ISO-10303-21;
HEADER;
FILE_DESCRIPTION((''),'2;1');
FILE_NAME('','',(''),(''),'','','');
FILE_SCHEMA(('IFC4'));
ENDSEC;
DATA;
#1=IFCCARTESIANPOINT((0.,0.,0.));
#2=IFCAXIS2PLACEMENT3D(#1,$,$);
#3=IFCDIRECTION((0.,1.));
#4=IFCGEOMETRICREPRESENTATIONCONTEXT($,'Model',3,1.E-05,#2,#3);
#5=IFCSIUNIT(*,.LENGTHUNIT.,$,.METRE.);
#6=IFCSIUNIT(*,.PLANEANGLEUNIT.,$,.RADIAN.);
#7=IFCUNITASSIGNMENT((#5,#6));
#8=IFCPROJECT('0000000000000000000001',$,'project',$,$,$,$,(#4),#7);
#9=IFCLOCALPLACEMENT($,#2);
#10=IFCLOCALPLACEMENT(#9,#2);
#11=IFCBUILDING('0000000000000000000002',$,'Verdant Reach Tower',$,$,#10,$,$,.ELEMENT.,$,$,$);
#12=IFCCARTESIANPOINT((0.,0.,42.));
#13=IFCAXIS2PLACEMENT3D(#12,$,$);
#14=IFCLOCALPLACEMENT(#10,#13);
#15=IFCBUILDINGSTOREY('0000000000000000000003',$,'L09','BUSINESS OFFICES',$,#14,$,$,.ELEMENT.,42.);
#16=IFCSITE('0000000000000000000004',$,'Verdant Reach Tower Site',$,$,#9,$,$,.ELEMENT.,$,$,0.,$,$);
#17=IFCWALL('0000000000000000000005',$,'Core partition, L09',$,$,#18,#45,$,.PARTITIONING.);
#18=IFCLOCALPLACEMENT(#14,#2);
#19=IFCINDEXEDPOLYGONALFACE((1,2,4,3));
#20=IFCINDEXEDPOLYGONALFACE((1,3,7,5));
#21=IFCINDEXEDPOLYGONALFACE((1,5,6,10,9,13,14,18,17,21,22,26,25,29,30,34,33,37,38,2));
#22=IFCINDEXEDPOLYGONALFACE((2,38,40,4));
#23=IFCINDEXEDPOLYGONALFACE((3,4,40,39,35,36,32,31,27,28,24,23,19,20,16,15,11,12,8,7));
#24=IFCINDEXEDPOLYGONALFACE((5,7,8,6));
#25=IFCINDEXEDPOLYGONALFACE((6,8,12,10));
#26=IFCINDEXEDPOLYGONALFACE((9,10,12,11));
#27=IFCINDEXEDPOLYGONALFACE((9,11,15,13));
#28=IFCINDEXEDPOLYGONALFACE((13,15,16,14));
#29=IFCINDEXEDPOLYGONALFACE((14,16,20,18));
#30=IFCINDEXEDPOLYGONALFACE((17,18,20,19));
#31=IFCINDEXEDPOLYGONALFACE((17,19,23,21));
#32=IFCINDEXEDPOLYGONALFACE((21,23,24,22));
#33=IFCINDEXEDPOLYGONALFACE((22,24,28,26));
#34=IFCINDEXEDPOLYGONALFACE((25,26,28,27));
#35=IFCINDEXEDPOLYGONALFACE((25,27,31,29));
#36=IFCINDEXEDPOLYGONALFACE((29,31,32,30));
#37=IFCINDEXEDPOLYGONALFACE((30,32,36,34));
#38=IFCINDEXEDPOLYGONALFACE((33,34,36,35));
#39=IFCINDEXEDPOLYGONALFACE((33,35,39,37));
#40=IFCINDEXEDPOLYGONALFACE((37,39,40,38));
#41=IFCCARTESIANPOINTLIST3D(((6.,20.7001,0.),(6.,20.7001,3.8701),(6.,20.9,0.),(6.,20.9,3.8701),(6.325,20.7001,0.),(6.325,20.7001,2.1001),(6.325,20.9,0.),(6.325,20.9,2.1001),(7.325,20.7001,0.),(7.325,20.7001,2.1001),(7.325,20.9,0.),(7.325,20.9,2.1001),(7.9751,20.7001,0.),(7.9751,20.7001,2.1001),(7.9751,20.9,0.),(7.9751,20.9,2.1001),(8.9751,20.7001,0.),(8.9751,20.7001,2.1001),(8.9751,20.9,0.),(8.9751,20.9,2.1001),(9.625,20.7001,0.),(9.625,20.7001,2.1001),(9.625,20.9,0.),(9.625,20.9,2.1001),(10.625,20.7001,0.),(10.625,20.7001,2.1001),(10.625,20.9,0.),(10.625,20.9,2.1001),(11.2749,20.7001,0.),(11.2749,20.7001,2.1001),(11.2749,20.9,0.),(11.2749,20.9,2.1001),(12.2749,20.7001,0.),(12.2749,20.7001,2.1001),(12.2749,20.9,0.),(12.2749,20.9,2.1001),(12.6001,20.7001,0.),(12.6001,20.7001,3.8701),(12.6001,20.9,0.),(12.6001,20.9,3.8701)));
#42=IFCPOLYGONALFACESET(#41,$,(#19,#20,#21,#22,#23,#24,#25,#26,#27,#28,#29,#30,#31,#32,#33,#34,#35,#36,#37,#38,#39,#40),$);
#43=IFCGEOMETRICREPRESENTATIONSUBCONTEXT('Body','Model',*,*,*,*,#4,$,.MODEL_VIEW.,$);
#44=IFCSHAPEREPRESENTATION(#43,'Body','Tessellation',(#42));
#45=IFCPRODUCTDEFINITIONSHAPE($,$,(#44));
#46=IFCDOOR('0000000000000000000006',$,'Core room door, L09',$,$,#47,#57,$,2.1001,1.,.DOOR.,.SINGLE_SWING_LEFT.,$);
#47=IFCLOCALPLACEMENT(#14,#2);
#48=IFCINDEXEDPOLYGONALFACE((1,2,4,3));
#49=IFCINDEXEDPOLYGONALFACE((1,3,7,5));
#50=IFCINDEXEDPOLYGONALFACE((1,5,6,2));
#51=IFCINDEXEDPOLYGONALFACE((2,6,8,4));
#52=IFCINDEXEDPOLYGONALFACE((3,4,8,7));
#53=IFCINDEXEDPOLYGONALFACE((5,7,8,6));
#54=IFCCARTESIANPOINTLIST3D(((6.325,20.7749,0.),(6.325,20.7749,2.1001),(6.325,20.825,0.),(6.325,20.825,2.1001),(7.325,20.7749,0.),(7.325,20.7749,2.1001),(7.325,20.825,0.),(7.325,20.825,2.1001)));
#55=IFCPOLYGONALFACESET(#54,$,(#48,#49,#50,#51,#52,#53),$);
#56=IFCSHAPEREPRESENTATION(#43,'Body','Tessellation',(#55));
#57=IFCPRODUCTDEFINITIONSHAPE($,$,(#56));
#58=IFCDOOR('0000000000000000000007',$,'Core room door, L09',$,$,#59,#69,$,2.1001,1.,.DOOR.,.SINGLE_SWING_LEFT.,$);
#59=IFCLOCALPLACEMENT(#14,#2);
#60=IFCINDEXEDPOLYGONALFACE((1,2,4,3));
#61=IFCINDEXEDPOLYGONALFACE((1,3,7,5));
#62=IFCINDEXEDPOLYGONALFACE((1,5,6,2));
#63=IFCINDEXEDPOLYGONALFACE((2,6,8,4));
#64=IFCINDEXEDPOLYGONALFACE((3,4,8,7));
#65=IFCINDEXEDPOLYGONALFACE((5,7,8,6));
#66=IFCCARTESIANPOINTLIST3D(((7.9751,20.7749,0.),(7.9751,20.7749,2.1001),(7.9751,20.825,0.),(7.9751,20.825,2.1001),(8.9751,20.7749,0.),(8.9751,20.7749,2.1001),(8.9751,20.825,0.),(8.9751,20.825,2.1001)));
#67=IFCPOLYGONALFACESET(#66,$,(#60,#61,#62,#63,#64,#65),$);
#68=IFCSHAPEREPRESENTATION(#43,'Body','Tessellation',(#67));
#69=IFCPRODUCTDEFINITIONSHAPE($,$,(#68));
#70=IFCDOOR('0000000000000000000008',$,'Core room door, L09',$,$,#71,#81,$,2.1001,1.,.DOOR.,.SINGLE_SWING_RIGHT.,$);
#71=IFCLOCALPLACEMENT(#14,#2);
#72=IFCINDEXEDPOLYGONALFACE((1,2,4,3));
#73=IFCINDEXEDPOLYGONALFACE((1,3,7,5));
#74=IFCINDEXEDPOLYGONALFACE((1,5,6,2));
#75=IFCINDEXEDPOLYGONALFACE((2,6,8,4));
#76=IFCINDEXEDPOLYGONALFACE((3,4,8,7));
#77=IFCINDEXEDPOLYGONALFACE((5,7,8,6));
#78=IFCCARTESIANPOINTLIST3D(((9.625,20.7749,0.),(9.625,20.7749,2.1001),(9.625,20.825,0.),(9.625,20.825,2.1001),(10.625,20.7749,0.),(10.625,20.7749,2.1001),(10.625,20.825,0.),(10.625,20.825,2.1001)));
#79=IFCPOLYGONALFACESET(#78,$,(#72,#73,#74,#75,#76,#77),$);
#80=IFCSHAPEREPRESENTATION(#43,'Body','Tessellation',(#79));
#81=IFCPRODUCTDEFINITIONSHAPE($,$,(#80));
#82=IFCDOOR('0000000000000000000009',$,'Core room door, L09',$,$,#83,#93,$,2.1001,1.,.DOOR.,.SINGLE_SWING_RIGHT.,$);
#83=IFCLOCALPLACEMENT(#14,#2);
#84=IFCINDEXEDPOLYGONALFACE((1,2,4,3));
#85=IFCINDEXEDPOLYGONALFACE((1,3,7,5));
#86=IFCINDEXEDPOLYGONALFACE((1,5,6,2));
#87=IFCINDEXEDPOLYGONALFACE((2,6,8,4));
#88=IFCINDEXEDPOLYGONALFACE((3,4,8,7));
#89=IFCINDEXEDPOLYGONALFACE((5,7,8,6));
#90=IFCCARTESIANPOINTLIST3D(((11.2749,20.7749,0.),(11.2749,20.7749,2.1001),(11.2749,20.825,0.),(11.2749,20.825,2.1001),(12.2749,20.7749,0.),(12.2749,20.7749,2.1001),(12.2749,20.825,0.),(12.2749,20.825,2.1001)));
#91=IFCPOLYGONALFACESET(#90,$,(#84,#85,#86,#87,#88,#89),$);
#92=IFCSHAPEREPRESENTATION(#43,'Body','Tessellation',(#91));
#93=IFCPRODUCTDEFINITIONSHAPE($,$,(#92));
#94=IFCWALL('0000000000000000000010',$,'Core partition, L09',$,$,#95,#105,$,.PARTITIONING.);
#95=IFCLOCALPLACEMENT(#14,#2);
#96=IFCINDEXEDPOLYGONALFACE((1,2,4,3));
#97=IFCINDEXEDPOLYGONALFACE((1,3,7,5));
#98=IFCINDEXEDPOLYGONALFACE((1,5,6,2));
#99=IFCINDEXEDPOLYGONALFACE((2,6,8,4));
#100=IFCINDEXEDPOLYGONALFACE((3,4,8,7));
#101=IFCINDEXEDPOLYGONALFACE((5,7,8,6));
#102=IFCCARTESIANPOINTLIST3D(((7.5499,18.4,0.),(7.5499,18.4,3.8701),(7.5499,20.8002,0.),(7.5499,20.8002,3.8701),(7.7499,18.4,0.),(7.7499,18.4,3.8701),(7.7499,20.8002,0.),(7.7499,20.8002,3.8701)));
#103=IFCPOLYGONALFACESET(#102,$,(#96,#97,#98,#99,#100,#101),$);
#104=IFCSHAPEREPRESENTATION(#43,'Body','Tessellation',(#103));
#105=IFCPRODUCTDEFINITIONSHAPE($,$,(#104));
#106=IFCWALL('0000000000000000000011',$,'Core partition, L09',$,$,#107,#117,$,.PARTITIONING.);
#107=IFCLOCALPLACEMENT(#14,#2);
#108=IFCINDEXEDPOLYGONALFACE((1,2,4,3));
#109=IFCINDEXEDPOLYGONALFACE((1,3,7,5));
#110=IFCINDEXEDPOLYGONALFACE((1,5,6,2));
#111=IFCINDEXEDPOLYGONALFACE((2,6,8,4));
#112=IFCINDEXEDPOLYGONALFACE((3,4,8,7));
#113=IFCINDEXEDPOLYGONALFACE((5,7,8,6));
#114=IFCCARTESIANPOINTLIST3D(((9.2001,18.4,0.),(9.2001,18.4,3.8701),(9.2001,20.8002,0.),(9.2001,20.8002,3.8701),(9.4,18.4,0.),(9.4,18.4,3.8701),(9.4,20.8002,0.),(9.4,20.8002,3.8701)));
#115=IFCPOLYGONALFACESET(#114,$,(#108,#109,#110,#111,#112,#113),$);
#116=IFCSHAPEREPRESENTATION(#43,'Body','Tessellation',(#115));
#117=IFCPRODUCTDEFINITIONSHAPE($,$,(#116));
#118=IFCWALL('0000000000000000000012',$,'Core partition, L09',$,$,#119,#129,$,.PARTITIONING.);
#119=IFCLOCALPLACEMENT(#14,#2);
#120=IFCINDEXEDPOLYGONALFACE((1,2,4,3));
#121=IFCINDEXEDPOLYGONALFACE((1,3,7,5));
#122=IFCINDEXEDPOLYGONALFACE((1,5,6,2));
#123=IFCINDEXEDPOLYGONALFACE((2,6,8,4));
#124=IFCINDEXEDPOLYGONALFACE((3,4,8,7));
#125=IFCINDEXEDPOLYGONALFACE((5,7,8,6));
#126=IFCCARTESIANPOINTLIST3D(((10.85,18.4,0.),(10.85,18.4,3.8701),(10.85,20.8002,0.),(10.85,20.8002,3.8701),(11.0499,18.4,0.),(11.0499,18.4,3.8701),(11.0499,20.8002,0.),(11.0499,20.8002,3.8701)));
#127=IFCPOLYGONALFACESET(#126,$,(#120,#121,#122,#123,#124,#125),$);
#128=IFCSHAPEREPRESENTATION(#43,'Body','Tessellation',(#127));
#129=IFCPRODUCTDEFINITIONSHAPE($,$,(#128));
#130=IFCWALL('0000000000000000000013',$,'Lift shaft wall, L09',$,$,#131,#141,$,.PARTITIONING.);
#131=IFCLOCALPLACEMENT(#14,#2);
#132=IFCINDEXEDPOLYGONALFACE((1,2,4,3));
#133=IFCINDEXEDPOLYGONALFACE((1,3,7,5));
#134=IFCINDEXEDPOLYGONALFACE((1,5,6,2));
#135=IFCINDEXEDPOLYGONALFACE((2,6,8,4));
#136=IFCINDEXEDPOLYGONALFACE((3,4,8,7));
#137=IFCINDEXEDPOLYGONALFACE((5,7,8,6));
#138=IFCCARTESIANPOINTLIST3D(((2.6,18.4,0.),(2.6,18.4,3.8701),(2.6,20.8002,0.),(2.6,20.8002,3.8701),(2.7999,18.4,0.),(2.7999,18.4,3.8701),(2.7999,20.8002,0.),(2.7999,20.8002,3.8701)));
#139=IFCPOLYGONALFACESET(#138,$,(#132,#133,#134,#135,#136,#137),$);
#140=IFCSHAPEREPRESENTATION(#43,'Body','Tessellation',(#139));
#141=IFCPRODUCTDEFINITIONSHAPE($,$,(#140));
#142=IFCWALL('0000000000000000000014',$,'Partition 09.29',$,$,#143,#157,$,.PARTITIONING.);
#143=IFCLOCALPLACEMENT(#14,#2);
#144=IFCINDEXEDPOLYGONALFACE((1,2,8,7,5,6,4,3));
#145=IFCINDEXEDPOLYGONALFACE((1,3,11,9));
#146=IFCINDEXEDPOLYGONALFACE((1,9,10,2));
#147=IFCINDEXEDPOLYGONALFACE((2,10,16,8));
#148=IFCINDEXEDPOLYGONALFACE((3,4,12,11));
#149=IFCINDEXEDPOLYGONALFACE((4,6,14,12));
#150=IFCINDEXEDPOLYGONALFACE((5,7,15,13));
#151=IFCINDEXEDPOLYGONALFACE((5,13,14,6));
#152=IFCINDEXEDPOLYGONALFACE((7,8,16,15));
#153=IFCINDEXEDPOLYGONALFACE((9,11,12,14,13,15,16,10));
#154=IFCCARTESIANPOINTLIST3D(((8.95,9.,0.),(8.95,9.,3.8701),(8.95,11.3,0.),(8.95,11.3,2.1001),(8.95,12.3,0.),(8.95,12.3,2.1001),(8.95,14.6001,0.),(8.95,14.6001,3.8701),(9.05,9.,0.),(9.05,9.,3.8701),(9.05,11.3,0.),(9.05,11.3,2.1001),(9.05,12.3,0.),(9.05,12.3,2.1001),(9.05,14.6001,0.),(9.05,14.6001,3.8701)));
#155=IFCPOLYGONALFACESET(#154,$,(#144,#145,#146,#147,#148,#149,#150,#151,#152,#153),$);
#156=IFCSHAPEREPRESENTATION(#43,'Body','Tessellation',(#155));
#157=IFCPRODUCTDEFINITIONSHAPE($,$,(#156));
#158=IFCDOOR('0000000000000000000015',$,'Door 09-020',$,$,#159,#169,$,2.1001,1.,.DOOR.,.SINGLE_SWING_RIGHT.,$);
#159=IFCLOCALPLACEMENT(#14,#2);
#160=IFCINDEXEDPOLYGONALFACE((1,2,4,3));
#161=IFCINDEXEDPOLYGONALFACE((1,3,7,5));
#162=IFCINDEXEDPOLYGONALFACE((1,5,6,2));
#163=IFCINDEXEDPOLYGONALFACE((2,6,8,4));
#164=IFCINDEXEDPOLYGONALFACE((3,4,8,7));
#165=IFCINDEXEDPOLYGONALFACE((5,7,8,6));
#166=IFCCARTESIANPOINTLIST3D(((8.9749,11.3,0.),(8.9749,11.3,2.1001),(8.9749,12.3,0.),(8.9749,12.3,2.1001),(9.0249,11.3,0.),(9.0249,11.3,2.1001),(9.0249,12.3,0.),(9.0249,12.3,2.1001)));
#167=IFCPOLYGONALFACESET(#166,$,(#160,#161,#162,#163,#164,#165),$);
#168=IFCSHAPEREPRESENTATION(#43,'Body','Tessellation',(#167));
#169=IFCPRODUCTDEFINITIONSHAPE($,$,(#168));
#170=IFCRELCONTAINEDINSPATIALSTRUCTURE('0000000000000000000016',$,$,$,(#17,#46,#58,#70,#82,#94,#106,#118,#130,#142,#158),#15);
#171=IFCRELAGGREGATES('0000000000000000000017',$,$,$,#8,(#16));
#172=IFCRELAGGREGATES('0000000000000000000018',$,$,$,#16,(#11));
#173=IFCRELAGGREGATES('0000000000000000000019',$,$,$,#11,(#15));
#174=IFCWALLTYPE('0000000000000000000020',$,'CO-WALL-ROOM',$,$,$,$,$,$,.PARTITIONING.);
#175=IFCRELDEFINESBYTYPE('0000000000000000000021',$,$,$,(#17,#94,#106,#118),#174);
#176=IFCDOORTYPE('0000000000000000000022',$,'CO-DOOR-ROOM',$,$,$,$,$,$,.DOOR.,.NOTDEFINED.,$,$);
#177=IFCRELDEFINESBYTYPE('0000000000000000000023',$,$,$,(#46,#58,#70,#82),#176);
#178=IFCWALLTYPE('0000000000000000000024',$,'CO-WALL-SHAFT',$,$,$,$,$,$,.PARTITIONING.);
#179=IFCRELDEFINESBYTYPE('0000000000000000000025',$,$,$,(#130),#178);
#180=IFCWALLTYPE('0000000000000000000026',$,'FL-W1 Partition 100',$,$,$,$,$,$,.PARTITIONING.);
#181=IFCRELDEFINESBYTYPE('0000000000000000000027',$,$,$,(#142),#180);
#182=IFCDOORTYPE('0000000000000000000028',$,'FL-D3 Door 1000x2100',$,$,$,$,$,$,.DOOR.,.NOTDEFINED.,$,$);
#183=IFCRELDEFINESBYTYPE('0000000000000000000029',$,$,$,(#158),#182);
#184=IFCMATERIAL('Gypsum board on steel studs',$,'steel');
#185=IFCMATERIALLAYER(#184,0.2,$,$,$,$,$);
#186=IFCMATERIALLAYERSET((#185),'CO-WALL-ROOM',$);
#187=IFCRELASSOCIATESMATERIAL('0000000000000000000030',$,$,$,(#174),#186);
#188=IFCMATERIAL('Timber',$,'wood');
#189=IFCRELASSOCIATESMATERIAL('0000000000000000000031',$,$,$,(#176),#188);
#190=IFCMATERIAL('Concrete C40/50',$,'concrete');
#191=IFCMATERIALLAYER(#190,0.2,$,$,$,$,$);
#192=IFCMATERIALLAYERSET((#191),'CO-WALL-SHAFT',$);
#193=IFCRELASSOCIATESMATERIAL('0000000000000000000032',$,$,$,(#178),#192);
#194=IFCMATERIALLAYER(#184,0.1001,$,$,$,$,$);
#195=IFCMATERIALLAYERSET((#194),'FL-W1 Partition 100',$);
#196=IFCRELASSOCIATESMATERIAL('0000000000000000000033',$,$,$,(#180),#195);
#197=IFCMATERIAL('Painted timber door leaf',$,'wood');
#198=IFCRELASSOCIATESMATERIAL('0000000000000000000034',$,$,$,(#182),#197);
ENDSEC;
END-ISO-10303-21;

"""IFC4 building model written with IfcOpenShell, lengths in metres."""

from ifc_helpers import new_model, si_unit, direction, frame, frame_2d, origin, place, context, subcontext, project, spatial, rectangle, extrude, material, layer, layer_set, type_object, element, fill, save


model = new_model("IFC4")

# Units and contexts
model_context = context("Model", 3, precision=1e-05, world=origin(), true_north=direction((0.0, 1.0)))
body_context = subcontext(model_context, "Body", "Model", "MODEL_VIEW")
ifc_project = project(units=[si_unit("LENGTHUNIT", "METRE"), si_unit("PLANEANGLEUNIT", "RADIAN")], contexts=[model_context])

# Site, building, storey
site_placement = place(None, origin())
site = spatial("IfcSite", under=ifc_project, at=site_placement, Name="Verdant Reach Tower Site", CompositionType="ELEMENT", RefElevation=0.0)
building_placement = place(site_placement, origin())
building = spatial("IfcBuilding", under=site, at=building_placement, Name="Verdant Reach Tower", CompositionType="ELEMENT")
storey_placement = place(building_placement, frame((0.0, 0.0, 42.0)))
storey = spatial("IfcBuildingStorey", under=building, at=storey_placement, Name="L09", Description="BUSINESS OFFICES", CompositionType="ELEMENT", Elevation=42.0)

# Wall, openings, doors
ifc_material_1 = material(Name="Gypsum board on steel studs", Category="steel")
ifc_layer_1 = layer(ifc_material_1, 0.2)
ifc_layer_set_1 = layer_set([ifc_layer_1], Name="CO-WALL-ROOM")
wall_type_1 = type_object("IfcWallType", Name="CO-WALL-ROOM", PredefinedType="PARTITIONING", material=ifc_layer_set_1)
wall_1_placement = place(storey_placement, frame((6.0, 20.8, 0.0), z_axis=(0.0, 0.0, 1.0), x_axis=(1.0, 0.0, 0.0)))
wall_1 = element("IfcWall", 1, at=wall_1_placement, inside=storey, type_object=wall_type_1, Name="Core partition, L09", PredefinedType="PARTITIONING", context=body_context, shape_type="SweptSolid", body=[
    extrude(rectangle(XDim=6.6001, YDim=0.2, at=frame_2d((3.3, 0.0))), origin(), (0.0, 0.0, 1.0), 3.8701),
])
opening_1_placement = place(wall_1_placement, frame((0.325, 0.0, 0.0)))
opening_1 = element("IfcOpeningElement", 2, at=opening_1_placement, cuts=wall_1, PredefinedType="OPENING", context=body_context, shape_type="SweptSolid", body=[
    extrude(rectangle(XDim=1.0, YDim=2.1001, at=frame_2d((0.5, 1.05))), frame((0.0, 0.1099, 0.0), z_axis=(0.0, -1.0, 0.0), x_axis=(1.0, 0.0, 0.0)), (0.0, 0.0, 1.0), 0.22),
])
opening_2_placement = place(wall_1_placement, frame((1.9751, 0.0, 0.0)))
opening_2 = element("IfcOpeningElement", 3, at=opening_2_placement, cuts=wall_1, PredefinedType="OPENING", context=body_context, shape_type="SweptSolid", body=[
    extrude(rectangle(XDim=1.0, YDim=2.1001, at=frame_2d((0.5, 1.05))), frame((0.0, 0.1099, 0.0), z_axis=(0.0, -1.0, 0.0), x_axis=(1.0, 0.0, 0.0)), (0.0, 0.0, 1.0), 0.22),
])
opening_3_placement = place(wall_1_placement, frame((3.625, 0.0, 0.0)))
opening_3 = element("IfcOpeningElement", 4, at=opening_3_placement, cuts=wall_1, PredefinedType="OPENING", context=body_context, shape_type="SweptSolid", body=[
    extrude(rectangle(XDim=1.0, YDim=2.1001, at=frame_2d((0.5, 1.05))), frame((0.0, 0.1099, 0.0), z_axis=(0.0, -1.0, 0.0), x_axis=(1.0, 0.0, 0.0)), (0.0, 0.0, 1.0), 0.22),
])
opening_4_placement = place(wall_1_placement, frame((5.2749, 0.0, 0.0)))
opening_4 = element("IfcOpeningElement", 5, at=opening_4_placement, cuts=wall_1, PredefinedType="OPENING", context=body_context, shape_type="SweptSolid", body=[
    extrude(rectangle(XDim=1.0, YDim=2.1001, at=frame_2d((0.5, 1.05))), frame((0.0, 0.1099, 0.0), z_axis=(0.0, -1.0, 0.0), x_axis=(1.0, 0.0, 0.0)), (0.0, 0.0, 1.0), 0.22),
])
ifc_material_2 = material(Name="Timber", Category="wood")
door_type_1 = type_object("IfcDoorType", Name="CO-DOOR-ROOM", OperationType="NOTDEFINED", PredefinedType="DOOR", material=ifc_material_2)
door_1_placement = place(opening_1_placement, origin())
door_1 = element("IfcDoor", 6, at=door_1_placement, inside=storey, type_object=door_type_1, Name="Core room door, L09", OperationType="SINGLE_SWING_LEFT", OverallHeight=2.1001, OverallWidth=1.0, PredefinedType="DOOR", context=body_context, shape_type="SweptSolid", body=[
    extrude(rectangle(XDim=1.0, YDim=2.1001, at=frame_2d((0.5, 1.05))), frame((0.0, 0.0249, 0.0), z_axis=(0.0, -1.0, 0.0), x_axis=(1.0, 0.0, 0.0)), (0.0, 0.0, 1.0), 0.05),
])
fill(opening_1, door_1)
door_2_placement = place(opening_2_placement, origin())
door_2 = element("IfcDoor", 7, at=door_2_placement, inside=storey, type_object=door_type_1, Name="Core room door, L09", OperationType="SINGLE_SWING_LEFT", OverallHeight=2.1001, OverallWidth=1.0, PredefinedType="DOOR", context=body_context, shape_type="SweptSolid", body=[
    extrude(rectangle(XDim=1.0, YDim=2.1001, at=frame_2d((0.5, 1.05))), frame((0.0, 0.0249, 0.0), z_axis=(0.0, -1.0, 0.0), x_axis=(1.0, 0.0, 0.0)), (0.0, 0.0, 1.0), 0.05),
])
fill(opening_2, door_2)
door_3_placement = place(opening_3_placement, origin())
door_3 = element("IfcDoor", 8, at=door_3_placement, inside=storey, type_object=door_type_1, Name="Core room door, L09", OperationType="SINGLE_SWING_RIGHT", OverallHeight=2.1001, OverallWidth=1.0, PredefinedType="DOOR", context=body_context, shape_type="SweptSolid", body=[
    extrude(rectangle(XDim=1.0, YDim=2.1001, at=frame_2d((0.5, 1.05))), frame((0.0, 0.0249, 0.0), z_axis=(0.0, -1.0, 0.0), x_axis=(1.0, 0.0, 0.0)), (0.0, 0.0, 1.0), 0.05),
])
fill(opening_3, door_3)
door_4_placement = place(opening_4_placement, origin())
door_4 = element("IfcDoor", 9, at=door_4_placement, inside=storey, type_object=door_type_1, Name="Core room door, L09", OperationType="SINGLE_SWING_RIGHT", OverallHeight=2.1001, OverallWidth=1.0, PredefinedType="DOOR", context=body_context, shape_type="SweptSolid", body=[
    extrude(rectangle(XDim=1.0, YDim=2.1001, at=frame_2d((0.5, 1.05))), frame((0.0, 0.0249, 0.0), z_axis=(0.0, -1.0, 0.0), x_axis=(1.0, 0.0, 0.0)), (0.0, 0.0, 1.0), 0.05),
])
fill(opening_4, door_4)

# Walls
for number, where, z_axis, x_axis, name in (
    (10, (7.6499, 18.3999, 0.0), (0.0, 0.0, 1.0), (0.0, 1.0, 0.0), "Core partition, L09"),
    (11, (9.3, 18.3999, 0.0), (0.0, 0.0, 1.0), (0.0, 1.0, 0.0), "Core partition, L09"),
    (12, (10.95, 18.3999, 0.0), (0.0, 0.0, 1.0), (0.0, 1.0, 0.0), "Core partition, L09"),
):
    element("IfcWall", number, at=place(storey_placement, frame(where, z_axis=z_axis, x_axis=x_axis)), inside=storey, type_object=wall_type_1, Name=name, PredefinedType="PARTITIONING", context=body_context, shape_type="SweptSolid", body=[
        extrude(rectangle(XDim=2.4001, YDim=0.2, at=frame_2d((1.2002, 0.0))), origin(), (0.0, 0.0, 1.0), 3.8701),
    ])
ifc_material_3 = material(Name="Concrete C40/50", Category="concrete")
ifc_layer_2 = layer(ifc_material_3, 0.2)
ifc_layer_set_2 = layer_set([ifc_layer_2], Name="CO-WALL-SHAFT")
wall_type_2 = type_object("IfcWallType", Name="CO-WALL-SHAFT", PredefinedType="PARTITIONING", material=ifc_layer_set_2)
wall_2_placement = place(storey_placement, frame((2.7, 18.3999, 0.0), z_axis=(0.0, 0.0, 1.0), x_axis=(0.0, 1.0, 0.0)))
element("IfcWall", 13, at=wall_2_placement, inside=storey, type_object=wall_type_2, Name="Lift shaft wall, L09", PredefinedType="PARTITIONING", context=body_context, shape_type="SweptSolid", body=[
    extrude(rectangle(XDim=2.4001, YDim=0.2, at=frame_2d((1.2002, 0.0))), origin(), (0.0, 0.0, 1.0), 3.8701),
])

# Wall, opening, door
ifc_layer_3 = layer(ifc_material_1, 0.1001)
ifc_layer_set_3 = layer_set([ifc_layer_3], Name="FL-W1 Partition 100")
wall_type_3 = type_object("IfcWallType", Name="FL-W1 Partition 100", PredefinedType="PARTITIONING", material=ifc_layer_set_3)
wall_3_placement = place(storey_placement, frame((9.0, 14.6001, 0.0), z_axis=(0.0, 0.0, 1.0), x_axis=(0.0, -1.0, 0.0)))
wall_3 = element("IfcWall", 14, at=wall_3_placement, inside=storey, type_object=wall_type_3, Name="Partition 09.29", PredefinedType="PARTITIONING", context=body_context, shape_type="SweptSolid", body=[
    extrude(rectangle(XDim=5.6001, YDim=0.1001, at=frame_2d((2.8, 0.0))), origin(), (0.0, 0.0, 1.0), 3.8701),
])
opening_5_placement = place(wall_3_placement, frame((2.3, 0.0, 0.0)))
opening_5 = element("IfcOpeningElement", 15, at=opening_5_placement, cuts=wall_3, PredefinedType="OPENING", context=body_context, shape_type="SweptSolid", body=[
    extrude(rectangle(XDim=1.0, YDim=2.1001, at=frame_2d((0.5, 1.05))), frame((0.0, 0.0601, 0.0), z_axis=(0.0, -1.0, 0.0), x_axis=(1.0, 0.0, 0.0)), (0.0, 0.0, 1.0), 0.1201),
])
ifc_material_4 = material(Name="Painted timber door leaf", Category="wood")
door_type_2 = type_object("IfcDoorType", Name="FL-D3 Door 1000x2100", OperationType="NOTDEFINED", PredefinedType="DOOR", material=ifc_material_4)
door_5_placement = place(opening_5_placement, origin())
door_5 = element("IfcDoor", 16, at=door_5_placement, inside=storey, type_object=door_type_2, Name="Door 09-020", OperationType="SINGLE_SWING_RIGHT", OverallHeight=2.1001, OverallWidth=1.0, PredefinedType="DOOR", context=body_context, shape_type="SweptSolid", body=[
    extrude(rectangle(XDim=1.0, YDim=2.1001, at=frame_2d((0.5, 1.05))), frame((0.0, 0.0249, 0.0), z_axis=(0.0, -1.0, 0.0), x_axis=(1.0, 0.0, 0.0)), (0.0, 0.0, 1.0), 0.05),
])
fill(opening_5, door_5)

save(model, "model.ifc")
